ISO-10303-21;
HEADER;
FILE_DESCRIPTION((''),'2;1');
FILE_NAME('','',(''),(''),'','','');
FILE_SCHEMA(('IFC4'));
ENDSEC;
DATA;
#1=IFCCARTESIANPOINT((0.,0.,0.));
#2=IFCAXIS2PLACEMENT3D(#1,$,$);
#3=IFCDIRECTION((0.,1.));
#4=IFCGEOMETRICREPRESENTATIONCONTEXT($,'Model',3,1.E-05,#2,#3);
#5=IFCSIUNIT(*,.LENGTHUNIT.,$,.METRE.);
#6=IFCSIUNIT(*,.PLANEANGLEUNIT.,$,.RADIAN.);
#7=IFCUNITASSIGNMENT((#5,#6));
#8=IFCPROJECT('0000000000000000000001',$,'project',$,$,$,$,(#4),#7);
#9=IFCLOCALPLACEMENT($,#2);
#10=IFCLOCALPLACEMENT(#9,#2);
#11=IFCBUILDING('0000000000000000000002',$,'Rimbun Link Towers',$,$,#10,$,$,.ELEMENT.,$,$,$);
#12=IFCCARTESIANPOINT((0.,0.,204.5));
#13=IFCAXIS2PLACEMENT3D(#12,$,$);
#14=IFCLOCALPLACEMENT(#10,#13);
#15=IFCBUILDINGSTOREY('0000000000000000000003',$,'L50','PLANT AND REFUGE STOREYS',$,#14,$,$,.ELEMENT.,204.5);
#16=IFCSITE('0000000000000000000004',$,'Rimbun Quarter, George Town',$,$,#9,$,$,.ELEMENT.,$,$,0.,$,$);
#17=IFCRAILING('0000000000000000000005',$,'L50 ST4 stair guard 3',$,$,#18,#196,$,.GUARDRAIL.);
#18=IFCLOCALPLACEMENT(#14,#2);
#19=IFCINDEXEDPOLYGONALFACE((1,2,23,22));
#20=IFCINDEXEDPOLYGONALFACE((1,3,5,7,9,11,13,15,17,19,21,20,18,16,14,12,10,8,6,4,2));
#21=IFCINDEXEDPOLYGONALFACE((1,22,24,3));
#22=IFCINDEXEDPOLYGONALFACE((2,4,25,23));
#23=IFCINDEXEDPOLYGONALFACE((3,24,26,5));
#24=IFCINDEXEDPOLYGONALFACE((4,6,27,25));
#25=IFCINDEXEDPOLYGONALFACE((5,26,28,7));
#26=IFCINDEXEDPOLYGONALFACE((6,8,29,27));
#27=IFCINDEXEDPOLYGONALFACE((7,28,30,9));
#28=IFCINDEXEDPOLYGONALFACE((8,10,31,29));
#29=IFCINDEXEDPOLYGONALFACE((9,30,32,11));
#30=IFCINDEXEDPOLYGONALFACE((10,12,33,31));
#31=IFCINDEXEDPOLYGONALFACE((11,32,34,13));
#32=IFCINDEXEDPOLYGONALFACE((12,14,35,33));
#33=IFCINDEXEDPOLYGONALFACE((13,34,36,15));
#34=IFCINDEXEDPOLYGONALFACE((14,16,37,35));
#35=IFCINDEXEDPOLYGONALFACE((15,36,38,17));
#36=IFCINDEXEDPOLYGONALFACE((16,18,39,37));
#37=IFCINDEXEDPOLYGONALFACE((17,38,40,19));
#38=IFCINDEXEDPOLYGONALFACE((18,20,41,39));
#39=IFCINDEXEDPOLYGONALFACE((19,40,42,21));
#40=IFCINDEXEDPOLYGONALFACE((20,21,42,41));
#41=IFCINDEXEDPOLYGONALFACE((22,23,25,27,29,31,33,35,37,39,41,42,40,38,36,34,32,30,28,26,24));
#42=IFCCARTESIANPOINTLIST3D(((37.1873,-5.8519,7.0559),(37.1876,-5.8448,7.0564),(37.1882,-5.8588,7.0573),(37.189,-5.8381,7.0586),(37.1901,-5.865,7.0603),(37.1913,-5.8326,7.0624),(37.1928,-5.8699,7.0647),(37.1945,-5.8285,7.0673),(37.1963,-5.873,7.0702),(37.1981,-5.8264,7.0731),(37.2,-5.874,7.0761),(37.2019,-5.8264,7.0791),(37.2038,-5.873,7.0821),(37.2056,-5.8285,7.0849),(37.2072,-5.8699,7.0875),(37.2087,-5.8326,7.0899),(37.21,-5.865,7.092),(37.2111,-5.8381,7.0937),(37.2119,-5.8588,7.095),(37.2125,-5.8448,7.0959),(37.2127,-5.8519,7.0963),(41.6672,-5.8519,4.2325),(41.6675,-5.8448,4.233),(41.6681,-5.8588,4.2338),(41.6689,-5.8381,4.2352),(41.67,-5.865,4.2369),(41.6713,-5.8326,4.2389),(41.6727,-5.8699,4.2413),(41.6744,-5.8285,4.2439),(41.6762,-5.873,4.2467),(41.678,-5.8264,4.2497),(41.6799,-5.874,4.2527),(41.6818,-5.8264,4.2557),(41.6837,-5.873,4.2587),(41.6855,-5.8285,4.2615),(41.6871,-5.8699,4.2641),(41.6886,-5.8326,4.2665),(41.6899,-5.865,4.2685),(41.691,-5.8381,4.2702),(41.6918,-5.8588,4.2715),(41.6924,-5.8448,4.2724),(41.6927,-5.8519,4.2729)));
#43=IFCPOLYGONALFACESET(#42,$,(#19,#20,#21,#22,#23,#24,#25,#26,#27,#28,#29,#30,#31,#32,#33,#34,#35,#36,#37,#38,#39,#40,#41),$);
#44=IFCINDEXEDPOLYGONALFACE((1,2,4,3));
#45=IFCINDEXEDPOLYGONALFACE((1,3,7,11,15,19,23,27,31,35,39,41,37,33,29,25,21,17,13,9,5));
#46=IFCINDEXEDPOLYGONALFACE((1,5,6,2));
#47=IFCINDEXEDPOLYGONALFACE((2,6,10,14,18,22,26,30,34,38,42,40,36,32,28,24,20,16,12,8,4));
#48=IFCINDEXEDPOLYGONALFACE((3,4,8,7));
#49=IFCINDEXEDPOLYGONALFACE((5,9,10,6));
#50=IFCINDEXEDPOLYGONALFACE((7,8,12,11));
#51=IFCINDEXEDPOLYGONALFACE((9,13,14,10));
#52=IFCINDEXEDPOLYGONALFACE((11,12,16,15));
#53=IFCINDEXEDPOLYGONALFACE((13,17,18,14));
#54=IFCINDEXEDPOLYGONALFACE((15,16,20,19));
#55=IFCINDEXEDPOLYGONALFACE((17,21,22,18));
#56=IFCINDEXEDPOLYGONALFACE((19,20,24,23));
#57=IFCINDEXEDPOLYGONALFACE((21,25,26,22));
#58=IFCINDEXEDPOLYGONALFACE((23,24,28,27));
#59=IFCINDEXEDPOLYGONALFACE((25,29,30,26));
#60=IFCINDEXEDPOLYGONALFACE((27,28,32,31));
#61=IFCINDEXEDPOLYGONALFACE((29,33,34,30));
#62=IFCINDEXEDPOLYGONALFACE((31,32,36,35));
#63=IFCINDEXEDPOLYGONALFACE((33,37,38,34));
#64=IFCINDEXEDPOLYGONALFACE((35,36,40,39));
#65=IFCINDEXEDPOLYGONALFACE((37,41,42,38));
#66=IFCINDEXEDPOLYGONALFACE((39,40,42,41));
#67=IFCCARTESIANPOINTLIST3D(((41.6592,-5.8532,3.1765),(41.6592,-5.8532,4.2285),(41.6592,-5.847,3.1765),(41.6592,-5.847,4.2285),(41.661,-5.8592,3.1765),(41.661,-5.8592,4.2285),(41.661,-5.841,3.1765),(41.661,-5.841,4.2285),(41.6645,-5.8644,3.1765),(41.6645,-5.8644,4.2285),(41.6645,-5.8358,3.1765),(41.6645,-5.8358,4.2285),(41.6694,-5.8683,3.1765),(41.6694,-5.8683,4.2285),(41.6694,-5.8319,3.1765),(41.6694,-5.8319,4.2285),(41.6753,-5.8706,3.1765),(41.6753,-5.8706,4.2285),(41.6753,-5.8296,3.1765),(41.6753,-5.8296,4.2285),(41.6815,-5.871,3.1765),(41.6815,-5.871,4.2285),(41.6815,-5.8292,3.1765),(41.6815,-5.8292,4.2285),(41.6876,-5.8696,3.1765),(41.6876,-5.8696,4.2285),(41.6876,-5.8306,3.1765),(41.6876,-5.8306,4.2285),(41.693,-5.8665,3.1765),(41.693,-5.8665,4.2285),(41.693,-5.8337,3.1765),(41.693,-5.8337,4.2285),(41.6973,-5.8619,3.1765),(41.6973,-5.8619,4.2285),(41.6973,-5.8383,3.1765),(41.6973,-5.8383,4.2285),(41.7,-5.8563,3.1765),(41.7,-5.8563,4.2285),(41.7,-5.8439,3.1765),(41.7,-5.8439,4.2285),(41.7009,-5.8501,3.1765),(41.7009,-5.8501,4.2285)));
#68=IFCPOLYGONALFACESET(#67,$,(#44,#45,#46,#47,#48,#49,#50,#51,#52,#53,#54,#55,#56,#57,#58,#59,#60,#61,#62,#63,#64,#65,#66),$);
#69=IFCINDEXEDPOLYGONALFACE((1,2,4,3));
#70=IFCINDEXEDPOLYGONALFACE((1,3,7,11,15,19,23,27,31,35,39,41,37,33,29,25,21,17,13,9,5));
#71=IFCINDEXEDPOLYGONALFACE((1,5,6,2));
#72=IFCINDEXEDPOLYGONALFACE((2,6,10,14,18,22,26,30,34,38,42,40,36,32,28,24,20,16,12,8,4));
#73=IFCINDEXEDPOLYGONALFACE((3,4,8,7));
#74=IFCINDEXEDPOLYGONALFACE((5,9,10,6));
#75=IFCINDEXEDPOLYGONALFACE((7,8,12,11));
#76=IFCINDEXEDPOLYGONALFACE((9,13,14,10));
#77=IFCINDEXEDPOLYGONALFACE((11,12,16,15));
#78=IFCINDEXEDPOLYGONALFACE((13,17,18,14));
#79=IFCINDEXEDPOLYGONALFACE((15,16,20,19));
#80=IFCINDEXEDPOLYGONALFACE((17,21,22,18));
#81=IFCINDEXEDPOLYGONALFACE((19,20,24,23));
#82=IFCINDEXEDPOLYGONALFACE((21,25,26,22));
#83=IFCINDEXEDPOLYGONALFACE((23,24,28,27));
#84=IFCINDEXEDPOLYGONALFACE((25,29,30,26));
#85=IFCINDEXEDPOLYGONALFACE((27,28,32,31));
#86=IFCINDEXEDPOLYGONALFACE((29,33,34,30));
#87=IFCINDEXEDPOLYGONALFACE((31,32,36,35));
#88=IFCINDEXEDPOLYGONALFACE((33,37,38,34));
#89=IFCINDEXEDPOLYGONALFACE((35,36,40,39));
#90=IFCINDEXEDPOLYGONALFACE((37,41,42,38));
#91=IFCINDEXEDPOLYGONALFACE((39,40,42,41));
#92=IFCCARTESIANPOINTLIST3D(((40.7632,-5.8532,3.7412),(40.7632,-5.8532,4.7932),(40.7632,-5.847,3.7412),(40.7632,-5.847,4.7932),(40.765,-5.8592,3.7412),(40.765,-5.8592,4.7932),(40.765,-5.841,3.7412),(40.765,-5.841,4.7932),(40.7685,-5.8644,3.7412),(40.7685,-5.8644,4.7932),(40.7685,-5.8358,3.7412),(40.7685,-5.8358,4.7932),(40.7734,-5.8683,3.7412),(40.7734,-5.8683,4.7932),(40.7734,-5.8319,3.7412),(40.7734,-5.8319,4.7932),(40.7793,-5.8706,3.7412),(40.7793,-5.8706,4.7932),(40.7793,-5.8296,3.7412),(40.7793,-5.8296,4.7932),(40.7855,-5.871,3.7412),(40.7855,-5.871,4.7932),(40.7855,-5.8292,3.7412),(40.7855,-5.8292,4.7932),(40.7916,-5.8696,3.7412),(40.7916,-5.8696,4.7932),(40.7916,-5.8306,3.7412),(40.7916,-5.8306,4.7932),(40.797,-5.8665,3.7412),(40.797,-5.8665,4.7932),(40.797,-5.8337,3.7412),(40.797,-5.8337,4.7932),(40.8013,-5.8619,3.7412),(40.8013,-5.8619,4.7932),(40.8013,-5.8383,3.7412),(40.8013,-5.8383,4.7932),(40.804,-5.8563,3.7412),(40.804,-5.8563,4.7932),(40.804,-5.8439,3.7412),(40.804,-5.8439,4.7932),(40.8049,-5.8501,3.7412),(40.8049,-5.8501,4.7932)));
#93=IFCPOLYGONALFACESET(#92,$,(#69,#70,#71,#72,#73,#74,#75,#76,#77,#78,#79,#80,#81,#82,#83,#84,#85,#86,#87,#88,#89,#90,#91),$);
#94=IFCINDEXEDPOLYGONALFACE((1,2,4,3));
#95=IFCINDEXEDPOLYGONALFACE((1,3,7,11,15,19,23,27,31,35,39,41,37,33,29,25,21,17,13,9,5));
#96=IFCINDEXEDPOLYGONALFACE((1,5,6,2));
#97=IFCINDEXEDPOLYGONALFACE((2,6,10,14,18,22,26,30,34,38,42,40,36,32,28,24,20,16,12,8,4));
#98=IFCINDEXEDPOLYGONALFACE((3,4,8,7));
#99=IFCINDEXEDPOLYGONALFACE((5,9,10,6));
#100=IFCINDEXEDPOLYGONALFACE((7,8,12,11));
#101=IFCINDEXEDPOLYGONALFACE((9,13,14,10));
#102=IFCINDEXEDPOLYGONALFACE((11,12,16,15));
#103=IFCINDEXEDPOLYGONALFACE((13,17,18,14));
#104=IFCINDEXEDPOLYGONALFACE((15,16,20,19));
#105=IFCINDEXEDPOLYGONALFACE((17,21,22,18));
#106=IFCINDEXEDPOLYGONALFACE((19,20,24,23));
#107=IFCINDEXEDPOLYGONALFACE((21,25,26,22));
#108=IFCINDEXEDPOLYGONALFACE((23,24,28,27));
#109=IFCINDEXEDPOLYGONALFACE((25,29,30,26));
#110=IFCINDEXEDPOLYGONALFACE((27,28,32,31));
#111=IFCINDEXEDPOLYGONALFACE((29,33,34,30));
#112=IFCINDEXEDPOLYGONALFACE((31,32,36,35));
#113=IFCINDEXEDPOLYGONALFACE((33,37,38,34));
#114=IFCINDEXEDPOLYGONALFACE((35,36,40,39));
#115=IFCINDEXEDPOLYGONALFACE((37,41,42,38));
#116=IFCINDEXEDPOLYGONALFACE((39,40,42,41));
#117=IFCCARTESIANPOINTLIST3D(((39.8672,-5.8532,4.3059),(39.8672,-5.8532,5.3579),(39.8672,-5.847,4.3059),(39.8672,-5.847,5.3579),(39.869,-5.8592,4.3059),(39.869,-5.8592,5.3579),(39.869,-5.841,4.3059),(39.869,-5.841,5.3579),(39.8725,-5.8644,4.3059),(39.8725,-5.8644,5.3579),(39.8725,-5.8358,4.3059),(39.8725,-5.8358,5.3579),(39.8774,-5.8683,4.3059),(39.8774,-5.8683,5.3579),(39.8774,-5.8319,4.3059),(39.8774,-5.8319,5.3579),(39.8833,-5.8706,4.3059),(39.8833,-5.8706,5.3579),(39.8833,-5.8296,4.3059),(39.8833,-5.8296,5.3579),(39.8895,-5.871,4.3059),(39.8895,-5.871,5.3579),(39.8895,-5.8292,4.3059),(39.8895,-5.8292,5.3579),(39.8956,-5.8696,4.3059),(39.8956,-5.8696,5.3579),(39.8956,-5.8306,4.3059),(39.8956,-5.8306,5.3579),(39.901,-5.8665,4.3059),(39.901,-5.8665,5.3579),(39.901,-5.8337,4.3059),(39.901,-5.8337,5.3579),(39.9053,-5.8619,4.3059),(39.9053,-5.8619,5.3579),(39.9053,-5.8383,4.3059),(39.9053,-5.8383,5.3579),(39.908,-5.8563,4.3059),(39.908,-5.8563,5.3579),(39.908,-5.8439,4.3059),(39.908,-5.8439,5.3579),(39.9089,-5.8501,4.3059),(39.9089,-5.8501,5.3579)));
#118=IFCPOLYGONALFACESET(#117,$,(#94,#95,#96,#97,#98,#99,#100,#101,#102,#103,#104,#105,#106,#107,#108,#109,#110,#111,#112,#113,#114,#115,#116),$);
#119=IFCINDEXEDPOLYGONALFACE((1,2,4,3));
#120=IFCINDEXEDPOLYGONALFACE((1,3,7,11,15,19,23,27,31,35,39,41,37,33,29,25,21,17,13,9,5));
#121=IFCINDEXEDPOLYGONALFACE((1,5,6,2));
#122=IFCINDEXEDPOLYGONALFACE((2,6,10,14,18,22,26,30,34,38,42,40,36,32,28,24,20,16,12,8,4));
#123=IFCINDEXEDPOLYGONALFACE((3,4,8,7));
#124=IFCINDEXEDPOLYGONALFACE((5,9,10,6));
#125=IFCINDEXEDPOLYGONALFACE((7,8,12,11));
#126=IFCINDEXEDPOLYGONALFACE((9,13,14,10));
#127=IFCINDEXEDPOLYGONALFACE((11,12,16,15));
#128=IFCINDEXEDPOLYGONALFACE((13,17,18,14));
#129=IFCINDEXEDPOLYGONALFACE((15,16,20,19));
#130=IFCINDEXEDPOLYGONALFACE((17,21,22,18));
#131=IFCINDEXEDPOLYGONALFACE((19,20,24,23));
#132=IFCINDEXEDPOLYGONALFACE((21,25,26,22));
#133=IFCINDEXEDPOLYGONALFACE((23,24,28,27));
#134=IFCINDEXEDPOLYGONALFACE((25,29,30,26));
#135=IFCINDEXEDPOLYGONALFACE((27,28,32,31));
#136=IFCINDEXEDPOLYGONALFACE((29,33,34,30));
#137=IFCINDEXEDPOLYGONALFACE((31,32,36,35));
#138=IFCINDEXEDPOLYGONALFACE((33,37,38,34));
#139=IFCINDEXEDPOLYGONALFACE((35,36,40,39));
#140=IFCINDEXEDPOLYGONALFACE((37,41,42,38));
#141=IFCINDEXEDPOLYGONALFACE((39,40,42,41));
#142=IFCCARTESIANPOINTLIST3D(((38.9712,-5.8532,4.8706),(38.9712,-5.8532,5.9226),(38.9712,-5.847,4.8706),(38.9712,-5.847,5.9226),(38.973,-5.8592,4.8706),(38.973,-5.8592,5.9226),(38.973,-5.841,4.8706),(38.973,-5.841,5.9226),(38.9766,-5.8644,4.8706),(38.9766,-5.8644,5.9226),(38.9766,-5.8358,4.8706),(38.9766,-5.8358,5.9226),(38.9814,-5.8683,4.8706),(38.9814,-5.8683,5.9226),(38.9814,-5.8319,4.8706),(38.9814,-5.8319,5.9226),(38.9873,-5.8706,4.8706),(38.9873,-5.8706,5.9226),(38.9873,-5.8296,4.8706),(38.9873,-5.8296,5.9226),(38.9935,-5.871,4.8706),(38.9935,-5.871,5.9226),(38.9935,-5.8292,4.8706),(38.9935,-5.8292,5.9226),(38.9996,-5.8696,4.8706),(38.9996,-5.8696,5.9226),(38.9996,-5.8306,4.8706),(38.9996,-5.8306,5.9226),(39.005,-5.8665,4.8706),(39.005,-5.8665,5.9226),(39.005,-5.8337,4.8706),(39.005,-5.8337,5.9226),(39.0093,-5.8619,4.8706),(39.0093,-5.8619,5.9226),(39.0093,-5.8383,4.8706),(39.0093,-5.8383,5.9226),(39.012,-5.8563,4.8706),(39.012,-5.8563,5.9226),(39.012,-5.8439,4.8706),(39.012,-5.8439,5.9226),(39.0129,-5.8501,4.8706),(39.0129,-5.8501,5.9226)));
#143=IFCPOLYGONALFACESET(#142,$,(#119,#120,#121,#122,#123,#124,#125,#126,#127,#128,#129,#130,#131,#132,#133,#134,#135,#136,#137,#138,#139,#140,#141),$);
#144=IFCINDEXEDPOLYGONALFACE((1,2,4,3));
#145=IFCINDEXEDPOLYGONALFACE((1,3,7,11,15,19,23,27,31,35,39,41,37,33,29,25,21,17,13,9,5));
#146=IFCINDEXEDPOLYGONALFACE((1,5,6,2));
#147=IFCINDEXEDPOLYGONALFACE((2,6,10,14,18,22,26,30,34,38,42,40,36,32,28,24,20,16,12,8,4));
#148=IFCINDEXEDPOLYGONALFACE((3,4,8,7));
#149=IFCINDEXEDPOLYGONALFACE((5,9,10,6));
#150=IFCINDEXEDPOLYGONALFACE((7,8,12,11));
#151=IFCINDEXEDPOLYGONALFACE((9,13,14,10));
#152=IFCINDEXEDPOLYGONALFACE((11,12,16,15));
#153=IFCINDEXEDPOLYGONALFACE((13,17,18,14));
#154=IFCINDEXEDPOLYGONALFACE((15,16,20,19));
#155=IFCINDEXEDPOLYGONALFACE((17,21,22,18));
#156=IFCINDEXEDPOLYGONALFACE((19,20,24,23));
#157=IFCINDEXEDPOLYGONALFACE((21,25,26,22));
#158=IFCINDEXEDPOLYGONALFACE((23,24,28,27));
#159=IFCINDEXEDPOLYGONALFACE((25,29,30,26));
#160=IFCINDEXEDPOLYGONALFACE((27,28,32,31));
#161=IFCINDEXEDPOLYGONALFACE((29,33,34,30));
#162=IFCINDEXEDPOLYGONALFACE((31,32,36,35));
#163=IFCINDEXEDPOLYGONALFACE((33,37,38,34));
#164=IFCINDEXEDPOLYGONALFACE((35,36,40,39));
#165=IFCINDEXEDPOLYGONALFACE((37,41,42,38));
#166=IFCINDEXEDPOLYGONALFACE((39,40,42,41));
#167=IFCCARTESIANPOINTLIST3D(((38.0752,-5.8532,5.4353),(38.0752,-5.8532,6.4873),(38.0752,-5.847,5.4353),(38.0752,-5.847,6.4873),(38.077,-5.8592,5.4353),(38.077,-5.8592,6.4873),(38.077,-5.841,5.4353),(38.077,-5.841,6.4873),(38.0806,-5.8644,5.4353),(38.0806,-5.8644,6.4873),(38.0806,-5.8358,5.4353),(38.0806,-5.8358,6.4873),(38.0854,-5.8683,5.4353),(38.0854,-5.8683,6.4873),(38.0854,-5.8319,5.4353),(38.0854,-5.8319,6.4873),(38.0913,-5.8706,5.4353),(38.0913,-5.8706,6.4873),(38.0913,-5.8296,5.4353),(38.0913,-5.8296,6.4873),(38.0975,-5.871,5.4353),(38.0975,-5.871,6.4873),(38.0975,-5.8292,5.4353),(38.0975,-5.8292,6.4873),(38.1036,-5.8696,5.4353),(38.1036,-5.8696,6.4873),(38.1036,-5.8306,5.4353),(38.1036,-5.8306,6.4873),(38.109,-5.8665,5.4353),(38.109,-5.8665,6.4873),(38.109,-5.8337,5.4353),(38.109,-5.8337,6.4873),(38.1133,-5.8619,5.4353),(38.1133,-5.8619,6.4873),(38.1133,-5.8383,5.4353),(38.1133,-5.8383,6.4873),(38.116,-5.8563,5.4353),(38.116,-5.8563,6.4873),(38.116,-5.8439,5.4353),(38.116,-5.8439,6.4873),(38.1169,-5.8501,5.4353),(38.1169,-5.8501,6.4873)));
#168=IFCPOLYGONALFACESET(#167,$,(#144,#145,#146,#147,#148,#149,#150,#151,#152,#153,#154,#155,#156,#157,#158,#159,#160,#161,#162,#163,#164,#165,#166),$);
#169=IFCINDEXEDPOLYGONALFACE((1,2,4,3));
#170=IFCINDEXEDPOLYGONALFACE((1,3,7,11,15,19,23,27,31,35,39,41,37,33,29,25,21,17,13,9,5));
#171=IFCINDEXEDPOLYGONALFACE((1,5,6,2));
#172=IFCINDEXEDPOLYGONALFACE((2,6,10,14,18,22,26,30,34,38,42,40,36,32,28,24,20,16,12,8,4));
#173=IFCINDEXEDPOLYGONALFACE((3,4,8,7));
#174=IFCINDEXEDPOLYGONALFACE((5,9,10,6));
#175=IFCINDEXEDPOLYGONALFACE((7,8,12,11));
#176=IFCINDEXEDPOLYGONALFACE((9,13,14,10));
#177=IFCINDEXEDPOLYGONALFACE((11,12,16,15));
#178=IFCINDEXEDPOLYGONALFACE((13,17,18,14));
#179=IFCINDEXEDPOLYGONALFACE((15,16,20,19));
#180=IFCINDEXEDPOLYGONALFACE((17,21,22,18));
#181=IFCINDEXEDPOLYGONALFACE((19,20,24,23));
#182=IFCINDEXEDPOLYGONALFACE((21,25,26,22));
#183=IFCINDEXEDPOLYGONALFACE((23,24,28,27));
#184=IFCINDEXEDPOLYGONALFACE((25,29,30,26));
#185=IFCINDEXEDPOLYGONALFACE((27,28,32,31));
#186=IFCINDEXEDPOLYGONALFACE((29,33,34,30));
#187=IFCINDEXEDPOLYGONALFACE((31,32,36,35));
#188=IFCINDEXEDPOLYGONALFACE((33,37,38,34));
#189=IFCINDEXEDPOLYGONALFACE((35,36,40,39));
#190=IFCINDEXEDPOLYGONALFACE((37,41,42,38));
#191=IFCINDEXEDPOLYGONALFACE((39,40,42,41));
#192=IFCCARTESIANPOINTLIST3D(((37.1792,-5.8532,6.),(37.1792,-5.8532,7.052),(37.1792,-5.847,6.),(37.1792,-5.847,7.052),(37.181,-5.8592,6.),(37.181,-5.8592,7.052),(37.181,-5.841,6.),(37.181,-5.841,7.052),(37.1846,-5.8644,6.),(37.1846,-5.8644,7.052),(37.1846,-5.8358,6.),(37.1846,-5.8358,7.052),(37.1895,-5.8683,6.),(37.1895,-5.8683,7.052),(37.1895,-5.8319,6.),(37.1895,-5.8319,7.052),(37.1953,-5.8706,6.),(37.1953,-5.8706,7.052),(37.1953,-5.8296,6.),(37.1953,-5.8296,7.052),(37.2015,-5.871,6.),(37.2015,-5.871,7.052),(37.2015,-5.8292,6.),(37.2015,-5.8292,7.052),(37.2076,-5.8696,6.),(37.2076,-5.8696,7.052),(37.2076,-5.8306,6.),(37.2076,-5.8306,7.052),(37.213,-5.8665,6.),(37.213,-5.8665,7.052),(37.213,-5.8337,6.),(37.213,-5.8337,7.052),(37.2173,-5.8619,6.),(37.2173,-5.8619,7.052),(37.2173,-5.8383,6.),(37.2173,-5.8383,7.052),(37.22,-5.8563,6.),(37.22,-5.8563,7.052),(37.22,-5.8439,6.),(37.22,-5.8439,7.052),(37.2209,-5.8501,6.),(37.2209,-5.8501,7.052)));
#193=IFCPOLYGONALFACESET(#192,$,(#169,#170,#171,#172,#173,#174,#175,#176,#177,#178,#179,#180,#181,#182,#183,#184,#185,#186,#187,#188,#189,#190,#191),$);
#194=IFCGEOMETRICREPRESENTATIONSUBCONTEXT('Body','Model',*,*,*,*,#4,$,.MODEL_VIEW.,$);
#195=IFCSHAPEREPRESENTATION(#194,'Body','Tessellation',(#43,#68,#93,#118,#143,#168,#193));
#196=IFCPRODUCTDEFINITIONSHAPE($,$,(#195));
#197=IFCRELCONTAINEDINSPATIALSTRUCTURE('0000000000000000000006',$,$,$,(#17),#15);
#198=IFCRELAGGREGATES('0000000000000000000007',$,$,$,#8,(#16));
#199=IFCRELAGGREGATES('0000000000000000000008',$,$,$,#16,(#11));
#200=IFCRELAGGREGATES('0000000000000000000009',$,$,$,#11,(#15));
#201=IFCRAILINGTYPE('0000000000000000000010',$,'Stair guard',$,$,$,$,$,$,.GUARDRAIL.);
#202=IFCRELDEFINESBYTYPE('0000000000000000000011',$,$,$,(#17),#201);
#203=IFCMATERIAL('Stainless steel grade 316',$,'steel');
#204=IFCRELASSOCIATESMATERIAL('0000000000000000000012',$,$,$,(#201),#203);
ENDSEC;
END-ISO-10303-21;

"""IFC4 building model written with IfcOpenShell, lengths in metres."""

from ifc_helpers import new_model, si_unit, direction, frame, origin, origin_2d, place, context, subcontext, project, spatial, circle, extrude, material, type_object, element, save


model = new_model("IFC4")

# Units and contexts
model_context = context("Model", 3, precision=1e-05, world=origin(), true_north=direction((0.0, 1.0)))
body_context = subcontext(model_context, "Body", "Model", "MODEL_VIEW")
ifc_project = project(units=[si_unit("LENGTHUNIT", "METRE"), si_unit("PLANEANGLEUNIT", "RADIAN")], contexts=[model_context])

# Site, building, storey
site_placement = place(None, origin())
site = spatial("IfcSite", under=ifc_project, at=site_placement, Name="Rimbun Quarter, George Town", CompositionType="ELEMENT", RefElevation=0.0)
building_placement = place(site_placement, origin())
building = spatial("IfcBuilding", under=site, at=building_placement, Name="Rimbun Link Towers", CompositionType="ELEMENT")
storey_placement = place(building_placement, frame((0.0, 0.0, 204.5)))
storey = spatial("IfcBuildingStorey", under=building, at=storey_placement, Name="L50", Description="PLANT AND REFUGE STOREYS", CompositionType="ELEMENT", Elevation=204.5)

# Railing
ifc_material_1 = material(Name="Stainless steel grade 316", Category="steel")
railing_type_1 = type_object("IfcRailingType", Name="Stair guard", PredefinedType="GUARDRAIL", material=ifc_material_1)
railing_1_placement = place(storey_placement, frame((41.6799, -5.8501, 3.1765)))
element("IfcRailing", 1, at=railing_1_placement, inside=storey, type_object=railing_type_1, Name="L50 ST4 stair guard 3", PredefinedType="GUARDRAIL", context=body_context, shape_type="SweptSolid", body=[
    extrude(circle(Radius=0.0239, at=origin_2d()), frame((0.0, 0.0, 1.0762), z_axis=(-0.845998, 0.0, 0.533186), x_axis=(0.0, -1.0, 0.0)), (0.0, 0.0, 1.0), 5.2954),
    extrude(circle(Radius=0.021, at=origin_2d()), origin(), (0.0, 0.0, 1.0), 1.052),
    extrude(circle(Radius=0.021, at=origin_2d()), frame((-0.896, 0.0, 0.5647)), (0.0, 0.0, 1.0), 1.052),
    extrude(circle(Radius=0.021, at=origin_2d()), frame((-1.792, 0.0, 1.1294)), (0.0, 0.0, 1.0), 1.052),
    extrude(circle(Radius=0.021, at=origin_2d()), frame((-2.688, 0.0, 1.6941)), (0.0, 0.0, 1.0), 1.052),
    extrude(circle(Radius=0.021, at=origin_2d()), frame((-3.584, 0.0, 2.2588)), (0.0, 0.0, 1.0), 1.052),
    extrude(circle(Radius=0.021, at=origin_2d()), frame((-4.48, 0.0, 2.8235)), (0.0, 0.0, 1.0), 1.052),
])

save(model, "model.ifc")
